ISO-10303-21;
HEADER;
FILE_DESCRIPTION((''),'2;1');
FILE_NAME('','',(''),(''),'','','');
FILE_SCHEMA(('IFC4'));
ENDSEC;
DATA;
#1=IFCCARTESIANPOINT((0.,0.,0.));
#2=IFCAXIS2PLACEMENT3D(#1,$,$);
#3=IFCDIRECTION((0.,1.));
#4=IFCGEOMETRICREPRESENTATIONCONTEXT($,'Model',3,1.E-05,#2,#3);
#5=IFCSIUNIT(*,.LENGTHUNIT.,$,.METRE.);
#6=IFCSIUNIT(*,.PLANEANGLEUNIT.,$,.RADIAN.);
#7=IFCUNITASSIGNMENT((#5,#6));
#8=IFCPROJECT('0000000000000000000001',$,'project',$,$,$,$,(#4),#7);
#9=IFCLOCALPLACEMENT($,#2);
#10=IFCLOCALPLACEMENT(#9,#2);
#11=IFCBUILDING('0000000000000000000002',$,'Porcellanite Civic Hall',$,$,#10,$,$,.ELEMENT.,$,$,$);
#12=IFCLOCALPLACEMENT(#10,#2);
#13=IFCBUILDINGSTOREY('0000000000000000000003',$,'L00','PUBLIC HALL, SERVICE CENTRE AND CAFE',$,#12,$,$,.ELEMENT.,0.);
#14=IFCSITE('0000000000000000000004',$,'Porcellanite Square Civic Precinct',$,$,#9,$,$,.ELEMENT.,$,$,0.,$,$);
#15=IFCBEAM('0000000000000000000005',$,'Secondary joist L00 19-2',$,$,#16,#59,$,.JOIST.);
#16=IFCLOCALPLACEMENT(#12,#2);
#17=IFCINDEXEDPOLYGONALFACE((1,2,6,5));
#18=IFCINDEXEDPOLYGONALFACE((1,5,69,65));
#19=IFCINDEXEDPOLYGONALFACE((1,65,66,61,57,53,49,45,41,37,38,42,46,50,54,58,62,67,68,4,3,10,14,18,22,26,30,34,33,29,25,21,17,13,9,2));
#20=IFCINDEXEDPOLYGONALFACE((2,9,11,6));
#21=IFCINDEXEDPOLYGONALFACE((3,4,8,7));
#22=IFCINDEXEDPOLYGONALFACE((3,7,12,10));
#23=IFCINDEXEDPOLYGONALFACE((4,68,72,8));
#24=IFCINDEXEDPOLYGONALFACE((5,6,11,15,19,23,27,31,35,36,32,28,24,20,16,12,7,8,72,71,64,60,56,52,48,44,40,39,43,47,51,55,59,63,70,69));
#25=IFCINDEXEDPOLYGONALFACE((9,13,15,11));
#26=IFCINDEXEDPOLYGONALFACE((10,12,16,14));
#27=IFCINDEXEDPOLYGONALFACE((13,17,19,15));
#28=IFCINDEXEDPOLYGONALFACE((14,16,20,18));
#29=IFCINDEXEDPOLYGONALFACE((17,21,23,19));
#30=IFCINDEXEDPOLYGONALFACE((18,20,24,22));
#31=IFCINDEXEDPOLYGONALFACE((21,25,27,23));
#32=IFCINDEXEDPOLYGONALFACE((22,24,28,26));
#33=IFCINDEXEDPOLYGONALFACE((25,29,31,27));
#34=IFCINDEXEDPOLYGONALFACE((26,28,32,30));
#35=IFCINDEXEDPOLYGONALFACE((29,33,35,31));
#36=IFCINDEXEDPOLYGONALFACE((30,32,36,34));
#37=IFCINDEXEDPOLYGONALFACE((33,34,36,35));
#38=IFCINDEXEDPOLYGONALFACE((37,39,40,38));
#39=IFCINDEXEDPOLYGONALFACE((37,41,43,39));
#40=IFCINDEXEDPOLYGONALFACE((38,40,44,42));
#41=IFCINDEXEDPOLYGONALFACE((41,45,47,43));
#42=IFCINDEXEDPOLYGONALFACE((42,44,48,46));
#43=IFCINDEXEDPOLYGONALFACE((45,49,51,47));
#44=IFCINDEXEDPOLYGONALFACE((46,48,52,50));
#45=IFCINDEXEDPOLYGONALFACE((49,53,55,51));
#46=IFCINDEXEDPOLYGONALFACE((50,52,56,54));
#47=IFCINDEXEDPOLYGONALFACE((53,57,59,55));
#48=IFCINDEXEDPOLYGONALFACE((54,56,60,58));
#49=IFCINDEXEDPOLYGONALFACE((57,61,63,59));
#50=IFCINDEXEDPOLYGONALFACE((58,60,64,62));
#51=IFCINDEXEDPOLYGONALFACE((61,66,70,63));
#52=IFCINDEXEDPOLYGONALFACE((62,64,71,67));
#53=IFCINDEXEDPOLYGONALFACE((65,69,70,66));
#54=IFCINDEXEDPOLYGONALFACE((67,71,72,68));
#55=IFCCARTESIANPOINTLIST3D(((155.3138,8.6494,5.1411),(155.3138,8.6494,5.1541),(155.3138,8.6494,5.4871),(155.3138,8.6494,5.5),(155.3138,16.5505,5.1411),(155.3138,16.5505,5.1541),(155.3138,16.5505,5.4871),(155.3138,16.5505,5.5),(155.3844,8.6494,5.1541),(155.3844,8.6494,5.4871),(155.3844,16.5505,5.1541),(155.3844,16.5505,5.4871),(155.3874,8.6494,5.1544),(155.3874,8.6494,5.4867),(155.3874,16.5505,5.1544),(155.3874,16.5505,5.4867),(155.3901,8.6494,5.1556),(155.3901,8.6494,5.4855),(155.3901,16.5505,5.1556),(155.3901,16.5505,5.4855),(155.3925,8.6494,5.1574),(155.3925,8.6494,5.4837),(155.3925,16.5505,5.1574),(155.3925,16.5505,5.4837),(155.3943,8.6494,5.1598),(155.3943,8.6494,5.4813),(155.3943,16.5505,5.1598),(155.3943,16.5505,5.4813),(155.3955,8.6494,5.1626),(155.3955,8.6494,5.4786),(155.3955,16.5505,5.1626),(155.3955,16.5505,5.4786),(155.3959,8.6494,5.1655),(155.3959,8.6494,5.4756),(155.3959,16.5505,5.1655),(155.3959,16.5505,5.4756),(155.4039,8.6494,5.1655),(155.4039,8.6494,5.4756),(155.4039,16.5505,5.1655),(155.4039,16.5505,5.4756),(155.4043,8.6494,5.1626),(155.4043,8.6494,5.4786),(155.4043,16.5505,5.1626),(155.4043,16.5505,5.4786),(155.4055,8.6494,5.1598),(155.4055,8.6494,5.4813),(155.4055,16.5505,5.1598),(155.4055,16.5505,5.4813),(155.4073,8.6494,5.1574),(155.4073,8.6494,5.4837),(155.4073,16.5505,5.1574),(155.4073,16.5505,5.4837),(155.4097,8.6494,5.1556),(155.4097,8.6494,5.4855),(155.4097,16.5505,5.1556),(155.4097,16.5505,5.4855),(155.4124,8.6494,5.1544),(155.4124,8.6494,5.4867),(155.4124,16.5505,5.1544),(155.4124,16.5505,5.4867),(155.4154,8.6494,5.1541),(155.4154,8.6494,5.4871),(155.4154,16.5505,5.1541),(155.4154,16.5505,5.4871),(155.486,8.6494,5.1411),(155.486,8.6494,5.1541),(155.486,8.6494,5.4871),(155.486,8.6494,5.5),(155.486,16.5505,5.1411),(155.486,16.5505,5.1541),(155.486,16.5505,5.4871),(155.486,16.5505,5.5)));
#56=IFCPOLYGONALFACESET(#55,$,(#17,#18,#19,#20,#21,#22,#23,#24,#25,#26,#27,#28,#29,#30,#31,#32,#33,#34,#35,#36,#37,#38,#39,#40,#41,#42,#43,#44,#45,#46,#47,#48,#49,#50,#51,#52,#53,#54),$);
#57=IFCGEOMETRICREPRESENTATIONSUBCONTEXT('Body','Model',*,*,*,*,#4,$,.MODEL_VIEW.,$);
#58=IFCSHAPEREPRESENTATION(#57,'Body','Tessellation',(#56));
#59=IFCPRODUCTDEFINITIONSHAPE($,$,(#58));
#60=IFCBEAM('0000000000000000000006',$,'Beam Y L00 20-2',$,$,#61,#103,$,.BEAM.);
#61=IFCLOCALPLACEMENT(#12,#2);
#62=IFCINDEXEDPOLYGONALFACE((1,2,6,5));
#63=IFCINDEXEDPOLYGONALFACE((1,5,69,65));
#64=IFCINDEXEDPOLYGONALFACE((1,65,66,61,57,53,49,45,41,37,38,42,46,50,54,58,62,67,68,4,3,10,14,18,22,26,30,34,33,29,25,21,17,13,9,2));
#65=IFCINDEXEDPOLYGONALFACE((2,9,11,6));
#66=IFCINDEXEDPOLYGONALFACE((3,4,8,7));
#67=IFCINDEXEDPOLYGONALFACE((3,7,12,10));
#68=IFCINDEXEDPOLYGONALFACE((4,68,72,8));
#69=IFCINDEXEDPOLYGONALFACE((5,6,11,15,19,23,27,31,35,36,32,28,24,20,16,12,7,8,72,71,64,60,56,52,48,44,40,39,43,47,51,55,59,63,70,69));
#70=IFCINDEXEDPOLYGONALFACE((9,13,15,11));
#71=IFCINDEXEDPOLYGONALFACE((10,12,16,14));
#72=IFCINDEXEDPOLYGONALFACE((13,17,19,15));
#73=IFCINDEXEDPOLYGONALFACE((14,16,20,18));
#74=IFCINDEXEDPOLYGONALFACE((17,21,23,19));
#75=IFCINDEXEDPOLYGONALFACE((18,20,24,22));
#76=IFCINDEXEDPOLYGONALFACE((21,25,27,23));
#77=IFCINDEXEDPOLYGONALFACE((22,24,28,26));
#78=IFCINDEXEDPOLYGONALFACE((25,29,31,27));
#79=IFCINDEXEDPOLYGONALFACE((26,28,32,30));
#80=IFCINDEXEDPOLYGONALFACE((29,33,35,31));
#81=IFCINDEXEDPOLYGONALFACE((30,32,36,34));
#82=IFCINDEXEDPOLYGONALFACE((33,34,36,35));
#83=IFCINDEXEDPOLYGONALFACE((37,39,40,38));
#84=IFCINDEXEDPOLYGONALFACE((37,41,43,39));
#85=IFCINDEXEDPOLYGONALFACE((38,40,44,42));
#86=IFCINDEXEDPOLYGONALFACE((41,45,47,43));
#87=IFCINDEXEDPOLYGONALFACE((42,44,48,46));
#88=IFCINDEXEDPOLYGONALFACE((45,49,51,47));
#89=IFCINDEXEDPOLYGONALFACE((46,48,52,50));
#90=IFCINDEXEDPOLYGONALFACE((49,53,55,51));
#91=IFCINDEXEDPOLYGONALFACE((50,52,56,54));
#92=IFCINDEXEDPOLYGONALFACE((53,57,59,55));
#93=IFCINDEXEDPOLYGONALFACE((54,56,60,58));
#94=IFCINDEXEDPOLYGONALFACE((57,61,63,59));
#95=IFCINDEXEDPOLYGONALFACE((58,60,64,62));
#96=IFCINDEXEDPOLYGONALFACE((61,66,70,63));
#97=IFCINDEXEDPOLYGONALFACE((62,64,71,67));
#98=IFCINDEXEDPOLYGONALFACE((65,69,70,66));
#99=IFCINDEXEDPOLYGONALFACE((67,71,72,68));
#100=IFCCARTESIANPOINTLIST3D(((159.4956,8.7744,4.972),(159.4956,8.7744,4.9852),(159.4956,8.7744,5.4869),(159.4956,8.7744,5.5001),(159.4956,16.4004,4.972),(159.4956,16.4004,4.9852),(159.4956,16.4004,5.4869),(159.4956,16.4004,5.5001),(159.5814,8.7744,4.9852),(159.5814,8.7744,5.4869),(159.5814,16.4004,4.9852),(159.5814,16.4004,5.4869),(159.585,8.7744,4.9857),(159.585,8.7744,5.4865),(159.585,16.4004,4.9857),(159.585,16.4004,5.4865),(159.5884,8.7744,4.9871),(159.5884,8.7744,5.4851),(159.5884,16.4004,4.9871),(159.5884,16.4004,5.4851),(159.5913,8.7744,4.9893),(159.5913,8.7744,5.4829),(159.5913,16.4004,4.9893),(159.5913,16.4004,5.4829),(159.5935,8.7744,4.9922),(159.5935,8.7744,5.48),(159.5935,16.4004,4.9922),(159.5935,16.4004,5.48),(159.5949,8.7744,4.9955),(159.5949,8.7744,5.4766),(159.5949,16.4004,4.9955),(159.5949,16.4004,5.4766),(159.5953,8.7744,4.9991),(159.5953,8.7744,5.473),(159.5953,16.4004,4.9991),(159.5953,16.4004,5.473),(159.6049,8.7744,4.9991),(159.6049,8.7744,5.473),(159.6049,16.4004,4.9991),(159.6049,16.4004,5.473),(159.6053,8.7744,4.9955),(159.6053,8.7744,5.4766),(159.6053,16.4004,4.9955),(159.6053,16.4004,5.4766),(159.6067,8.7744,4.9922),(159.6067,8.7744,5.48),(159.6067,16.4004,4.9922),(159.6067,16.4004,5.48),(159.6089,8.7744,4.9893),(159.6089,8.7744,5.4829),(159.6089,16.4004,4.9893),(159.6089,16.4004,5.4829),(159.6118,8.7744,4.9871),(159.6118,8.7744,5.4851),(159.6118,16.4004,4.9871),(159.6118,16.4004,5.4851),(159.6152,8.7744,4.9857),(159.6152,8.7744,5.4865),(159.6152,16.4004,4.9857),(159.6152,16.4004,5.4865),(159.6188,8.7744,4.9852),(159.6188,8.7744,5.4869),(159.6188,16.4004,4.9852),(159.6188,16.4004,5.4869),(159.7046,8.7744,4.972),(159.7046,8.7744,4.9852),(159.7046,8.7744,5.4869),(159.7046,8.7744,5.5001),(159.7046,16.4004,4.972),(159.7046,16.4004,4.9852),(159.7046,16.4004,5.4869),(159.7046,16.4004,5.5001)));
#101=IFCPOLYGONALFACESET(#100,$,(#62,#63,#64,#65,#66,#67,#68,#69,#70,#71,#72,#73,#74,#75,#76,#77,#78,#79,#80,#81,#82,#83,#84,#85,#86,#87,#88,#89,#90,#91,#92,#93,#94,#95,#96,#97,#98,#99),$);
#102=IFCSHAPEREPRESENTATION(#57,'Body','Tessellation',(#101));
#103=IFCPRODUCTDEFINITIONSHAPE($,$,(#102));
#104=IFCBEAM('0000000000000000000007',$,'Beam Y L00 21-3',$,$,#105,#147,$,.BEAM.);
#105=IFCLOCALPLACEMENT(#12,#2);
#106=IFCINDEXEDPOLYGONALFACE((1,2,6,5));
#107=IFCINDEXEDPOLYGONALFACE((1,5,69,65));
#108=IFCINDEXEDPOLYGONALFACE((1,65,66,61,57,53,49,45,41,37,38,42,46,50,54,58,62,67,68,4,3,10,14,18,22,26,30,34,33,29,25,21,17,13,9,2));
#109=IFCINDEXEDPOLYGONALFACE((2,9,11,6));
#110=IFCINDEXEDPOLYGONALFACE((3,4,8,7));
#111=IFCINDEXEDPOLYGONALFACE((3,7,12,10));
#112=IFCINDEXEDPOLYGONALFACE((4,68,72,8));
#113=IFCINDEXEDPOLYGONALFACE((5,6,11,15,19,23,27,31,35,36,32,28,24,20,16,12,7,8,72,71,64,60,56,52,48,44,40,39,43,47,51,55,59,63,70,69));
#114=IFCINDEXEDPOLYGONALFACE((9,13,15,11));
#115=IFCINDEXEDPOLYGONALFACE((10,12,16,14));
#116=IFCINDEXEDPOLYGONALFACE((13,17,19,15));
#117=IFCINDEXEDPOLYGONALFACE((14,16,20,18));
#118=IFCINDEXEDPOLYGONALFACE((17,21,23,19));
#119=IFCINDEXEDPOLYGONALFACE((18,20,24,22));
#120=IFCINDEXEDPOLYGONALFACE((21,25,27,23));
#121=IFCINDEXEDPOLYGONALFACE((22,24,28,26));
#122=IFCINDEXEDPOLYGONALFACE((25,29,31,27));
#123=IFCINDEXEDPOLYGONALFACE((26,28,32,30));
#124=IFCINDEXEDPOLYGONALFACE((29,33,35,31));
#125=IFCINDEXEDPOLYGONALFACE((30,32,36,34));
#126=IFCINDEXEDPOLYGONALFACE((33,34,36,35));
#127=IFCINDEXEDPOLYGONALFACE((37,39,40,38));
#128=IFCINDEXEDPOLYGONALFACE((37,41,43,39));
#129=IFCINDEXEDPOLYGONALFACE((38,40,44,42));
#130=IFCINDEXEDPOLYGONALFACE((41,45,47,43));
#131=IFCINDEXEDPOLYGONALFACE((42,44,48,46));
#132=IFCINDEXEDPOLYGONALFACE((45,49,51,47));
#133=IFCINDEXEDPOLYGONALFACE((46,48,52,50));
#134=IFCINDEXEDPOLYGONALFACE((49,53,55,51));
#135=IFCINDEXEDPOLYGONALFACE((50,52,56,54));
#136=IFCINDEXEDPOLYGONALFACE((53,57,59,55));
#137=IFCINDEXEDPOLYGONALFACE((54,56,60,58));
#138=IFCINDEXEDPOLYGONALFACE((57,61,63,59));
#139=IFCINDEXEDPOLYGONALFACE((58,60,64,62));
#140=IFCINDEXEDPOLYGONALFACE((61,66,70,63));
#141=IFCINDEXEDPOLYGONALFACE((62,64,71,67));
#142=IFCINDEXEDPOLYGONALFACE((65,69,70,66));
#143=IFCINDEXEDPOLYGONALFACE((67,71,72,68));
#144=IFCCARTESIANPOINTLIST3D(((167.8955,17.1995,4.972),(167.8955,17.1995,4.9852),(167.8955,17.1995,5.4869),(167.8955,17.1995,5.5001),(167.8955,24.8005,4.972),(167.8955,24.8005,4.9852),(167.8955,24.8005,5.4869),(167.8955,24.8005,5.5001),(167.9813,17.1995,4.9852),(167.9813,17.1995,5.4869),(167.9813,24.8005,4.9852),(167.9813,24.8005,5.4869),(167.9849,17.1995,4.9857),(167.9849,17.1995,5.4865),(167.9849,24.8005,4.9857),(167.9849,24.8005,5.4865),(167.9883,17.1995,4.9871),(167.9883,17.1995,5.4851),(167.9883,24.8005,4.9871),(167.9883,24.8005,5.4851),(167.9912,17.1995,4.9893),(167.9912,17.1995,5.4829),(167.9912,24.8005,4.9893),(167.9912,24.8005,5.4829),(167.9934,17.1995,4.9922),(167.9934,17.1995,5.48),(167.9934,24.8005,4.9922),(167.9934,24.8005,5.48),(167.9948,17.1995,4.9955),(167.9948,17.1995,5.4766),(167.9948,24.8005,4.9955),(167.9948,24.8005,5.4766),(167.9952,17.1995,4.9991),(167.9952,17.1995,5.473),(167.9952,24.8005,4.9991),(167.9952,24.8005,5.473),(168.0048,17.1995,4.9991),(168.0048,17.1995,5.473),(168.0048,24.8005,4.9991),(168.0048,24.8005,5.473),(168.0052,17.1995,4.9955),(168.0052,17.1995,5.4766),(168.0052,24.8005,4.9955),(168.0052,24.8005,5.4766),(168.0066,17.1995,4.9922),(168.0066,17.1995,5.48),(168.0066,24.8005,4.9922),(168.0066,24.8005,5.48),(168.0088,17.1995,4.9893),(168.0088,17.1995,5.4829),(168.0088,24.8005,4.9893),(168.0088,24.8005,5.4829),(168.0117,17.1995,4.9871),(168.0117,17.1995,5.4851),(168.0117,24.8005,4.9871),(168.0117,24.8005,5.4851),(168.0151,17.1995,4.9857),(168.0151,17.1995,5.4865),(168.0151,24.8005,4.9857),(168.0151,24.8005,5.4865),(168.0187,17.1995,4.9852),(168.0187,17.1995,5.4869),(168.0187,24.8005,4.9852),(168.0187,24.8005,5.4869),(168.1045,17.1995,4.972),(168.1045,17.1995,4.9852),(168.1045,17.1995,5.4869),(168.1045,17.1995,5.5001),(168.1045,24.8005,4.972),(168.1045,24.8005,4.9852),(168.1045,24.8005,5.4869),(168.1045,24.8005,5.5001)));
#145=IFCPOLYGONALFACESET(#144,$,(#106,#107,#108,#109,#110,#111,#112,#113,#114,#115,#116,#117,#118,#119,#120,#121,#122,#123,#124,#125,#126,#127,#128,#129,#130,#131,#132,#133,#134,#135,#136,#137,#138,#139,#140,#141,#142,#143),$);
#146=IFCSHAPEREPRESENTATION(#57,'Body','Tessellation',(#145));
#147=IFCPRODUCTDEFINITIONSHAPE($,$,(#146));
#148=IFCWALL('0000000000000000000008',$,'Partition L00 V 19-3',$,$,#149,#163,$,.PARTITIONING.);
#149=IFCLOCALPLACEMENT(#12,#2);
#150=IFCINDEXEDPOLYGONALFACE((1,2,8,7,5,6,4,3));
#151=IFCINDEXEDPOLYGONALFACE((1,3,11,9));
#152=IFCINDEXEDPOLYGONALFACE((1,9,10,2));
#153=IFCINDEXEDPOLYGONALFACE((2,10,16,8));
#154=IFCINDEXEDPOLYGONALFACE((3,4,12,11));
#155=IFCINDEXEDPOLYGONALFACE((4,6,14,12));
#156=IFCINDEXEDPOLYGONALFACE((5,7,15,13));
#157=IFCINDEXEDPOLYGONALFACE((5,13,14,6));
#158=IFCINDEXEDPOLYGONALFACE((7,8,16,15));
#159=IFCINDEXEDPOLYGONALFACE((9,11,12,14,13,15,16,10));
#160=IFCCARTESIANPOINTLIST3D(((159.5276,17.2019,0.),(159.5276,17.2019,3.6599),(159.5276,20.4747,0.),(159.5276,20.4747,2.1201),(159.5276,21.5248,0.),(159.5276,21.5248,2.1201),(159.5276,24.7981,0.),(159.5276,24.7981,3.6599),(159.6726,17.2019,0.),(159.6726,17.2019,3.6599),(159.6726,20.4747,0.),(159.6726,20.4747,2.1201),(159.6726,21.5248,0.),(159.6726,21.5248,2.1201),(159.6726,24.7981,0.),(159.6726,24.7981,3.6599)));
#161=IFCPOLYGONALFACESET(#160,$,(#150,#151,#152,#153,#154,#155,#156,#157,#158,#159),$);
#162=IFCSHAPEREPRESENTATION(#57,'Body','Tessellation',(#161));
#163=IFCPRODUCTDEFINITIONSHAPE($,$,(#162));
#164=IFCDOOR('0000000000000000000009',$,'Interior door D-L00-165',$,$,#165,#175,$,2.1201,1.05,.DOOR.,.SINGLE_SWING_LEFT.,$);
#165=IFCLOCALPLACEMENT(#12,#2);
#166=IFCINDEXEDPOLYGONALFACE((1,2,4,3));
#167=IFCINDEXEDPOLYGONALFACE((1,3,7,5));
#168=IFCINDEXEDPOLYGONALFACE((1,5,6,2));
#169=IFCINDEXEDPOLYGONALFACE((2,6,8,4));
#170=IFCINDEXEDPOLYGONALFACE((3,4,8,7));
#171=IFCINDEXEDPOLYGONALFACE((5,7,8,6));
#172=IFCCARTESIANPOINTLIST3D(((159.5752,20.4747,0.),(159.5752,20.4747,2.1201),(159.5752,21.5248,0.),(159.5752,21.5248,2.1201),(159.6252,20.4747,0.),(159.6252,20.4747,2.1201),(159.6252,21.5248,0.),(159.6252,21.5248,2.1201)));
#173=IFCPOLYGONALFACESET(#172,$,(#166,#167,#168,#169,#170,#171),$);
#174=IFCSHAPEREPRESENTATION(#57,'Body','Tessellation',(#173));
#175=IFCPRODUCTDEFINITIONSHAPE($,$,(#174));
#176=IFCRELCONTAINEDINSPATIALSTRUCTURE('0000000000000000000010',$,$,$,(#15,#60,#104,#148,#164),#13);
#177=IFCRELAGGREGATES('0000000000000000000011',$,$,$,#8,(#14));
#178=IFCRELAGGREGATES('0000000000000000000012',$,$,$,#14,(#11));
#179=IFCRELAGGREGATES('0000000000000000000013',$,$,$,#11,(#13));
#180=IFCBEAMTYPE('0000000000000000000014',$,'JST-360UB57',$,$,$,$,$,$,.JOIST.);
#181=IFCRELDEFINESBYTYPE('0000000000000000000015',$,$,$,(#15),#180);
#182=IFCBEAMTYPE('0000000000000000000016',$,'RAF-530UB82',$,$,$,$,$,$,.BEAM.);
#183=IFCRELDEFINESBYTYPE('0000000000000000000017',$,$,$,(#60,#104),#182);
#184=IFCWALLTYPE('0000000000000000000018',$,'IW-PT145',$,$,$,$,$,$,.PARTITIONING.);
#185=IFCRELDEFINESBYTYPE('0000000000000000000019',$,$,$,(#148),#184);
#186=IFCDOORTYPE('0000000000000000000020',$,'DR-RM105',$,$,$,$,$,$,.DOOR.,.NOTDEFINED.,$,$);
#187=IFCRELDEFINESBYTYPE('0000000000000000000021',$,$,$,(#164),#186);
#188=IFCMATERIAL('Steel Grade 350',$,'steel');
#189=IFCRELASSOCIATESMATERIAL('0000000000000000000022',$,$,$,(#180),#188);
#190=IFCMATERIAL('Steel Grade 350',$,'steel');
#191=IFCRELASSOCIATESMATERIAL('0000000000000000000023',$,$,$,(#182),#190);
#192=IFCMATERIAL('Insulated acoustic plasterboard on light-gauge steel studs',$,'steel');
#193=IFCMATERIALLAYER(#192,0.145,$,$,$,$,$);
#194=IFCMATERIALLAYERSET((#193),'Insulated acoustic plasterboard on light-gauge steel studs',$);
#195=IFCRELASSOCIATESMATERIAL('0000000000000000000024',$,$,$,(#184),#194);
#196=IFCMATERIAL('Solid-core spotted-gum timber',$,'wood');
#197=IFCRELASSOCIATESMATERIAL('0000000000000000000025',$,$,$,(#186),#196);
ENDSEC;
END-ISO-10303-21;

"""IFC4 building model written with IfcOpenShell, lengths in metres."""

from ifc_helpers import new_model, si_unit, direction, frame, frame_2d, origin, origin_2d, place, context, subcontext, project, spatial, rectangle, i_section, extrude, material, layer, layer_set, material_profile, profile_set, type_object, element, fill, save


model = new_model("IFC4")

# Units and contexts
model_context = context("Model", 3, precision=1e-05, world=origin(), true_north=direction((0.0, 1.0)))
body_context = subcontext(model_context, "Body", "Model", "MODEL_VIEW")
ifc_project = project(units=[si_unit("LENGTHUNIT", "METRE"), si_unit("PLANEANGLEUNIT", "RADIAN")], contexts=[model_context])

# Site, building, storey
site_placement = place(None, origin())
site = spatial("IfcSite", under=ifc_project, at=site_placement, Name="Porcellanite Square Civic Precinct", CompositionType="ELEMENT", RefElevation=0.0)
building_placement = place(site_placement, origin())
building = spatial("IfcBuilding", under=site, at=building_placement, Name="Porcellanite Civic Hall", CompositionType="ELEMENT")
storey_placement = place(building_placement, origin())
storey = spatial("IfcBuildingStorey", under=building, at=storey_placement, Name="L00", Description="PUBLIC HALL, SERVICE CENTRE AND CAFE", CompositionType="ELEMENT", Elevation=0.0)

# Beams
ifc_material_1 = material(Name="Steel Grade 350", Category="steel")
ifc_material_profile_1 = material_profile(ifc_material_1, i_section(OverallWidth=0.1721, OverallDepth=0.3589, WebThickness=0.0081, FlangeThickness=0.0129, FilletRadius=0.0115, at=origin_2d()), Name="360UB56.7")
ifc_profile_set_1 = profile_set([ifc_material_profile_1], Name="Steel Grade 350")
beam_type_1 = type_object("IfcBeamType", Name="JST-360UB57", PredefinedType="JOIST", material=ifc_profile_set_1)
beam_1_placement = place(storey_placement, frame((155.3999, 8.6494, 5.3206), z_axis=(0.0, 1.0, 0.0), x_axis=(-1.0, 0.0, 0.0)))
element("IfcBeam", 1, at=beam_1_placement, inside=storey, type_object=beam_type_1, Name="Secondary joist L00 19-2", PredefinedType="JOIST", context=body_context, shape_type="SweptSolid", body=[
    extrude(i_section(OverallWidth=0.1721, OverallDepth=0.3589, WebThickness=0.0081, FlangeThickness=0.0129, FilletRadius=0.0115, at=origin_2d()), origin(), (0.0, 0.0, 1.0), 7.9011),
])
ifc_material_2 = material(Name="Steel Grade 350", Category="steel")
ifc_material_profile_2 = material_profile(ifc_material_2, i_section(OverallWidth=0.209, OverallDepth=0.5281, WebThickness=0.0095, FlangeThickness=0.0132, FilletRadius=0.0139, at=origin_2d()), Name="530UB82.0")
ifc_profile_set_2 = profile_set([ifc_material_profile_2], Name="Steel Grade 350")
beam_type_2 = type_object("IfcBeamType", Name="RAF-530UB82", PredefinedType="BEAM", material=ifc_profile_set_2)
beam_2_placement = place(storey_placement, frame((159.6001, 8.7744, 5.2361), z_axis=(0.0, 1.0, 0.0), x_axis=(-1.0, 0.0, 0.0)))
element("IfcBeam", 2, at=beam_2_placement, inside=storey, type_object=beam_type_2, Name="Beam Y L00 20-2", PredefinedType="BEAM", context=body_context, shape_type="SweptSolid", body=[
    extrude(i_section(OverallWidth=0.209, OverallDepth=0.5281, WebThickness=0.0095, FlangeThickness=0.0132, FilletRadius=0.0139, at=origin_2d()), origin(), (0.0, 0.0, 1.0), 7.626),
])
beam_3_placement = place(storey_placement, frame((168.0, 17.1995, 5.2361), z_axis=(0.0, 1.0, 0.0), x_axis=(-1.0, 0.0, 0.0)))
element("IfcBeam", 3, at=beam_3_placement, inside=storey, type_object=beam_type_2, Name="Beam Y L00 21-3", PredefinedType="BEAM", context=body_context, shape_type="SweptSolid", body=[
    extrude(i_section(OverallWidth=0.209, OverallDepth=0.5281, WebThickness=0.0095, FlangeThickness=0.0132, FilletRadius=0.0139, at=origin_2d()), origin(), (0.0, 0.0, 1.0), 7.6011),
])

# Wall, opening, door
ifc_material_3 = material(Name="Insulated acoustic plasterboard on light-gauge steel studs", Category="steel")
ifc_layer_1 = layer(ifc_material_3, 0.145)
ifc_layer_set_1 = layer_set([ifc_layer_1], Name="Insulated acoustic plasterboard on light-gauge steel studs")
wall_type_1 = type_object("IfcWallType", Name="IW-PT145", PredefinedType="PARTITIONING", material=ifc_layer_set_1)
wall_1_placement = place(storey_placement, frame((159.6001, 17.2019, 0.0), z_axis=(0.0, 0.0, 1.0), x_axis=(0.0, 1.0, 0.0)))
wall_1 = element("IfcWall", 4, at=wall_1_placement, inside=storey, type_object=wall_type_1, Name="Partition L00 V 19-3", PredefinedType="PARTITIONING", context=body_context, shape_type="SweptSolid", body=[
    extrude(rectangle(XDim=7.5962, YDim=0.145, at=frame_2d((3.7981, 0.0))), origin(), (0.0, 0.0, 1.0), 3.6599),
])
opening_1_placement = place(wall_1_placement, frame((3.2729, 0.0, 0.0)))
opening_1 = element("IfcOpeningElement", 5, at=opening_1_placement, cuts=wall_1, PredefinedType="OPENING", context=body_context, shape_type="SweptSolid", body=[
    extrude(rectangle(XDim=1.05, YDim=2.1201, at=frame_2d((0.5249, 1.0601))), frame((0.0, 0.0725, 0.0), z_axis=(0.0, -1.0, 0.0), x_axis=(1.0, 0.0, 0.0)), (0.0, 0.0, 1.0), 0.145),
])
ifc_material_4 = material(Name="Solid-core spotted-gum timber", Category="wood")
door_type_1 = type_object("IfcDoorType", Name="DR-RM105", OperationType="NOTDEFINED", PredefinedType="DOOR", material=ifc_material_4)
door_1_placement = place(opening_1_placement, origin())
door_1 = element("IfcDoor", 6, at=door_1_placement, inside=storey, type_object=door_type_1, Name="Interior door D-L00-165", OperationType="SINGLE_SWING_LEFT", OverallHeight=2.1201, OverallWidth=1.05, PredefinedType="DOOR", context=body_context, shape_type="SweptSolid", body=[
    extrude(rectangle(XDim=1.05, YDim=2.1201, at=frame_2d((0.5249, 1.0601))), frame((0.0, 0.0249, 0.0), z_axis=(0.0, -1.0, 0.0), x_axis=(1.0, 0.0, 0.0)), (0.0, 0.0, 1.0), 0.05),
])
fill(opening_1, door_1)

save(model, "model.ifc")
